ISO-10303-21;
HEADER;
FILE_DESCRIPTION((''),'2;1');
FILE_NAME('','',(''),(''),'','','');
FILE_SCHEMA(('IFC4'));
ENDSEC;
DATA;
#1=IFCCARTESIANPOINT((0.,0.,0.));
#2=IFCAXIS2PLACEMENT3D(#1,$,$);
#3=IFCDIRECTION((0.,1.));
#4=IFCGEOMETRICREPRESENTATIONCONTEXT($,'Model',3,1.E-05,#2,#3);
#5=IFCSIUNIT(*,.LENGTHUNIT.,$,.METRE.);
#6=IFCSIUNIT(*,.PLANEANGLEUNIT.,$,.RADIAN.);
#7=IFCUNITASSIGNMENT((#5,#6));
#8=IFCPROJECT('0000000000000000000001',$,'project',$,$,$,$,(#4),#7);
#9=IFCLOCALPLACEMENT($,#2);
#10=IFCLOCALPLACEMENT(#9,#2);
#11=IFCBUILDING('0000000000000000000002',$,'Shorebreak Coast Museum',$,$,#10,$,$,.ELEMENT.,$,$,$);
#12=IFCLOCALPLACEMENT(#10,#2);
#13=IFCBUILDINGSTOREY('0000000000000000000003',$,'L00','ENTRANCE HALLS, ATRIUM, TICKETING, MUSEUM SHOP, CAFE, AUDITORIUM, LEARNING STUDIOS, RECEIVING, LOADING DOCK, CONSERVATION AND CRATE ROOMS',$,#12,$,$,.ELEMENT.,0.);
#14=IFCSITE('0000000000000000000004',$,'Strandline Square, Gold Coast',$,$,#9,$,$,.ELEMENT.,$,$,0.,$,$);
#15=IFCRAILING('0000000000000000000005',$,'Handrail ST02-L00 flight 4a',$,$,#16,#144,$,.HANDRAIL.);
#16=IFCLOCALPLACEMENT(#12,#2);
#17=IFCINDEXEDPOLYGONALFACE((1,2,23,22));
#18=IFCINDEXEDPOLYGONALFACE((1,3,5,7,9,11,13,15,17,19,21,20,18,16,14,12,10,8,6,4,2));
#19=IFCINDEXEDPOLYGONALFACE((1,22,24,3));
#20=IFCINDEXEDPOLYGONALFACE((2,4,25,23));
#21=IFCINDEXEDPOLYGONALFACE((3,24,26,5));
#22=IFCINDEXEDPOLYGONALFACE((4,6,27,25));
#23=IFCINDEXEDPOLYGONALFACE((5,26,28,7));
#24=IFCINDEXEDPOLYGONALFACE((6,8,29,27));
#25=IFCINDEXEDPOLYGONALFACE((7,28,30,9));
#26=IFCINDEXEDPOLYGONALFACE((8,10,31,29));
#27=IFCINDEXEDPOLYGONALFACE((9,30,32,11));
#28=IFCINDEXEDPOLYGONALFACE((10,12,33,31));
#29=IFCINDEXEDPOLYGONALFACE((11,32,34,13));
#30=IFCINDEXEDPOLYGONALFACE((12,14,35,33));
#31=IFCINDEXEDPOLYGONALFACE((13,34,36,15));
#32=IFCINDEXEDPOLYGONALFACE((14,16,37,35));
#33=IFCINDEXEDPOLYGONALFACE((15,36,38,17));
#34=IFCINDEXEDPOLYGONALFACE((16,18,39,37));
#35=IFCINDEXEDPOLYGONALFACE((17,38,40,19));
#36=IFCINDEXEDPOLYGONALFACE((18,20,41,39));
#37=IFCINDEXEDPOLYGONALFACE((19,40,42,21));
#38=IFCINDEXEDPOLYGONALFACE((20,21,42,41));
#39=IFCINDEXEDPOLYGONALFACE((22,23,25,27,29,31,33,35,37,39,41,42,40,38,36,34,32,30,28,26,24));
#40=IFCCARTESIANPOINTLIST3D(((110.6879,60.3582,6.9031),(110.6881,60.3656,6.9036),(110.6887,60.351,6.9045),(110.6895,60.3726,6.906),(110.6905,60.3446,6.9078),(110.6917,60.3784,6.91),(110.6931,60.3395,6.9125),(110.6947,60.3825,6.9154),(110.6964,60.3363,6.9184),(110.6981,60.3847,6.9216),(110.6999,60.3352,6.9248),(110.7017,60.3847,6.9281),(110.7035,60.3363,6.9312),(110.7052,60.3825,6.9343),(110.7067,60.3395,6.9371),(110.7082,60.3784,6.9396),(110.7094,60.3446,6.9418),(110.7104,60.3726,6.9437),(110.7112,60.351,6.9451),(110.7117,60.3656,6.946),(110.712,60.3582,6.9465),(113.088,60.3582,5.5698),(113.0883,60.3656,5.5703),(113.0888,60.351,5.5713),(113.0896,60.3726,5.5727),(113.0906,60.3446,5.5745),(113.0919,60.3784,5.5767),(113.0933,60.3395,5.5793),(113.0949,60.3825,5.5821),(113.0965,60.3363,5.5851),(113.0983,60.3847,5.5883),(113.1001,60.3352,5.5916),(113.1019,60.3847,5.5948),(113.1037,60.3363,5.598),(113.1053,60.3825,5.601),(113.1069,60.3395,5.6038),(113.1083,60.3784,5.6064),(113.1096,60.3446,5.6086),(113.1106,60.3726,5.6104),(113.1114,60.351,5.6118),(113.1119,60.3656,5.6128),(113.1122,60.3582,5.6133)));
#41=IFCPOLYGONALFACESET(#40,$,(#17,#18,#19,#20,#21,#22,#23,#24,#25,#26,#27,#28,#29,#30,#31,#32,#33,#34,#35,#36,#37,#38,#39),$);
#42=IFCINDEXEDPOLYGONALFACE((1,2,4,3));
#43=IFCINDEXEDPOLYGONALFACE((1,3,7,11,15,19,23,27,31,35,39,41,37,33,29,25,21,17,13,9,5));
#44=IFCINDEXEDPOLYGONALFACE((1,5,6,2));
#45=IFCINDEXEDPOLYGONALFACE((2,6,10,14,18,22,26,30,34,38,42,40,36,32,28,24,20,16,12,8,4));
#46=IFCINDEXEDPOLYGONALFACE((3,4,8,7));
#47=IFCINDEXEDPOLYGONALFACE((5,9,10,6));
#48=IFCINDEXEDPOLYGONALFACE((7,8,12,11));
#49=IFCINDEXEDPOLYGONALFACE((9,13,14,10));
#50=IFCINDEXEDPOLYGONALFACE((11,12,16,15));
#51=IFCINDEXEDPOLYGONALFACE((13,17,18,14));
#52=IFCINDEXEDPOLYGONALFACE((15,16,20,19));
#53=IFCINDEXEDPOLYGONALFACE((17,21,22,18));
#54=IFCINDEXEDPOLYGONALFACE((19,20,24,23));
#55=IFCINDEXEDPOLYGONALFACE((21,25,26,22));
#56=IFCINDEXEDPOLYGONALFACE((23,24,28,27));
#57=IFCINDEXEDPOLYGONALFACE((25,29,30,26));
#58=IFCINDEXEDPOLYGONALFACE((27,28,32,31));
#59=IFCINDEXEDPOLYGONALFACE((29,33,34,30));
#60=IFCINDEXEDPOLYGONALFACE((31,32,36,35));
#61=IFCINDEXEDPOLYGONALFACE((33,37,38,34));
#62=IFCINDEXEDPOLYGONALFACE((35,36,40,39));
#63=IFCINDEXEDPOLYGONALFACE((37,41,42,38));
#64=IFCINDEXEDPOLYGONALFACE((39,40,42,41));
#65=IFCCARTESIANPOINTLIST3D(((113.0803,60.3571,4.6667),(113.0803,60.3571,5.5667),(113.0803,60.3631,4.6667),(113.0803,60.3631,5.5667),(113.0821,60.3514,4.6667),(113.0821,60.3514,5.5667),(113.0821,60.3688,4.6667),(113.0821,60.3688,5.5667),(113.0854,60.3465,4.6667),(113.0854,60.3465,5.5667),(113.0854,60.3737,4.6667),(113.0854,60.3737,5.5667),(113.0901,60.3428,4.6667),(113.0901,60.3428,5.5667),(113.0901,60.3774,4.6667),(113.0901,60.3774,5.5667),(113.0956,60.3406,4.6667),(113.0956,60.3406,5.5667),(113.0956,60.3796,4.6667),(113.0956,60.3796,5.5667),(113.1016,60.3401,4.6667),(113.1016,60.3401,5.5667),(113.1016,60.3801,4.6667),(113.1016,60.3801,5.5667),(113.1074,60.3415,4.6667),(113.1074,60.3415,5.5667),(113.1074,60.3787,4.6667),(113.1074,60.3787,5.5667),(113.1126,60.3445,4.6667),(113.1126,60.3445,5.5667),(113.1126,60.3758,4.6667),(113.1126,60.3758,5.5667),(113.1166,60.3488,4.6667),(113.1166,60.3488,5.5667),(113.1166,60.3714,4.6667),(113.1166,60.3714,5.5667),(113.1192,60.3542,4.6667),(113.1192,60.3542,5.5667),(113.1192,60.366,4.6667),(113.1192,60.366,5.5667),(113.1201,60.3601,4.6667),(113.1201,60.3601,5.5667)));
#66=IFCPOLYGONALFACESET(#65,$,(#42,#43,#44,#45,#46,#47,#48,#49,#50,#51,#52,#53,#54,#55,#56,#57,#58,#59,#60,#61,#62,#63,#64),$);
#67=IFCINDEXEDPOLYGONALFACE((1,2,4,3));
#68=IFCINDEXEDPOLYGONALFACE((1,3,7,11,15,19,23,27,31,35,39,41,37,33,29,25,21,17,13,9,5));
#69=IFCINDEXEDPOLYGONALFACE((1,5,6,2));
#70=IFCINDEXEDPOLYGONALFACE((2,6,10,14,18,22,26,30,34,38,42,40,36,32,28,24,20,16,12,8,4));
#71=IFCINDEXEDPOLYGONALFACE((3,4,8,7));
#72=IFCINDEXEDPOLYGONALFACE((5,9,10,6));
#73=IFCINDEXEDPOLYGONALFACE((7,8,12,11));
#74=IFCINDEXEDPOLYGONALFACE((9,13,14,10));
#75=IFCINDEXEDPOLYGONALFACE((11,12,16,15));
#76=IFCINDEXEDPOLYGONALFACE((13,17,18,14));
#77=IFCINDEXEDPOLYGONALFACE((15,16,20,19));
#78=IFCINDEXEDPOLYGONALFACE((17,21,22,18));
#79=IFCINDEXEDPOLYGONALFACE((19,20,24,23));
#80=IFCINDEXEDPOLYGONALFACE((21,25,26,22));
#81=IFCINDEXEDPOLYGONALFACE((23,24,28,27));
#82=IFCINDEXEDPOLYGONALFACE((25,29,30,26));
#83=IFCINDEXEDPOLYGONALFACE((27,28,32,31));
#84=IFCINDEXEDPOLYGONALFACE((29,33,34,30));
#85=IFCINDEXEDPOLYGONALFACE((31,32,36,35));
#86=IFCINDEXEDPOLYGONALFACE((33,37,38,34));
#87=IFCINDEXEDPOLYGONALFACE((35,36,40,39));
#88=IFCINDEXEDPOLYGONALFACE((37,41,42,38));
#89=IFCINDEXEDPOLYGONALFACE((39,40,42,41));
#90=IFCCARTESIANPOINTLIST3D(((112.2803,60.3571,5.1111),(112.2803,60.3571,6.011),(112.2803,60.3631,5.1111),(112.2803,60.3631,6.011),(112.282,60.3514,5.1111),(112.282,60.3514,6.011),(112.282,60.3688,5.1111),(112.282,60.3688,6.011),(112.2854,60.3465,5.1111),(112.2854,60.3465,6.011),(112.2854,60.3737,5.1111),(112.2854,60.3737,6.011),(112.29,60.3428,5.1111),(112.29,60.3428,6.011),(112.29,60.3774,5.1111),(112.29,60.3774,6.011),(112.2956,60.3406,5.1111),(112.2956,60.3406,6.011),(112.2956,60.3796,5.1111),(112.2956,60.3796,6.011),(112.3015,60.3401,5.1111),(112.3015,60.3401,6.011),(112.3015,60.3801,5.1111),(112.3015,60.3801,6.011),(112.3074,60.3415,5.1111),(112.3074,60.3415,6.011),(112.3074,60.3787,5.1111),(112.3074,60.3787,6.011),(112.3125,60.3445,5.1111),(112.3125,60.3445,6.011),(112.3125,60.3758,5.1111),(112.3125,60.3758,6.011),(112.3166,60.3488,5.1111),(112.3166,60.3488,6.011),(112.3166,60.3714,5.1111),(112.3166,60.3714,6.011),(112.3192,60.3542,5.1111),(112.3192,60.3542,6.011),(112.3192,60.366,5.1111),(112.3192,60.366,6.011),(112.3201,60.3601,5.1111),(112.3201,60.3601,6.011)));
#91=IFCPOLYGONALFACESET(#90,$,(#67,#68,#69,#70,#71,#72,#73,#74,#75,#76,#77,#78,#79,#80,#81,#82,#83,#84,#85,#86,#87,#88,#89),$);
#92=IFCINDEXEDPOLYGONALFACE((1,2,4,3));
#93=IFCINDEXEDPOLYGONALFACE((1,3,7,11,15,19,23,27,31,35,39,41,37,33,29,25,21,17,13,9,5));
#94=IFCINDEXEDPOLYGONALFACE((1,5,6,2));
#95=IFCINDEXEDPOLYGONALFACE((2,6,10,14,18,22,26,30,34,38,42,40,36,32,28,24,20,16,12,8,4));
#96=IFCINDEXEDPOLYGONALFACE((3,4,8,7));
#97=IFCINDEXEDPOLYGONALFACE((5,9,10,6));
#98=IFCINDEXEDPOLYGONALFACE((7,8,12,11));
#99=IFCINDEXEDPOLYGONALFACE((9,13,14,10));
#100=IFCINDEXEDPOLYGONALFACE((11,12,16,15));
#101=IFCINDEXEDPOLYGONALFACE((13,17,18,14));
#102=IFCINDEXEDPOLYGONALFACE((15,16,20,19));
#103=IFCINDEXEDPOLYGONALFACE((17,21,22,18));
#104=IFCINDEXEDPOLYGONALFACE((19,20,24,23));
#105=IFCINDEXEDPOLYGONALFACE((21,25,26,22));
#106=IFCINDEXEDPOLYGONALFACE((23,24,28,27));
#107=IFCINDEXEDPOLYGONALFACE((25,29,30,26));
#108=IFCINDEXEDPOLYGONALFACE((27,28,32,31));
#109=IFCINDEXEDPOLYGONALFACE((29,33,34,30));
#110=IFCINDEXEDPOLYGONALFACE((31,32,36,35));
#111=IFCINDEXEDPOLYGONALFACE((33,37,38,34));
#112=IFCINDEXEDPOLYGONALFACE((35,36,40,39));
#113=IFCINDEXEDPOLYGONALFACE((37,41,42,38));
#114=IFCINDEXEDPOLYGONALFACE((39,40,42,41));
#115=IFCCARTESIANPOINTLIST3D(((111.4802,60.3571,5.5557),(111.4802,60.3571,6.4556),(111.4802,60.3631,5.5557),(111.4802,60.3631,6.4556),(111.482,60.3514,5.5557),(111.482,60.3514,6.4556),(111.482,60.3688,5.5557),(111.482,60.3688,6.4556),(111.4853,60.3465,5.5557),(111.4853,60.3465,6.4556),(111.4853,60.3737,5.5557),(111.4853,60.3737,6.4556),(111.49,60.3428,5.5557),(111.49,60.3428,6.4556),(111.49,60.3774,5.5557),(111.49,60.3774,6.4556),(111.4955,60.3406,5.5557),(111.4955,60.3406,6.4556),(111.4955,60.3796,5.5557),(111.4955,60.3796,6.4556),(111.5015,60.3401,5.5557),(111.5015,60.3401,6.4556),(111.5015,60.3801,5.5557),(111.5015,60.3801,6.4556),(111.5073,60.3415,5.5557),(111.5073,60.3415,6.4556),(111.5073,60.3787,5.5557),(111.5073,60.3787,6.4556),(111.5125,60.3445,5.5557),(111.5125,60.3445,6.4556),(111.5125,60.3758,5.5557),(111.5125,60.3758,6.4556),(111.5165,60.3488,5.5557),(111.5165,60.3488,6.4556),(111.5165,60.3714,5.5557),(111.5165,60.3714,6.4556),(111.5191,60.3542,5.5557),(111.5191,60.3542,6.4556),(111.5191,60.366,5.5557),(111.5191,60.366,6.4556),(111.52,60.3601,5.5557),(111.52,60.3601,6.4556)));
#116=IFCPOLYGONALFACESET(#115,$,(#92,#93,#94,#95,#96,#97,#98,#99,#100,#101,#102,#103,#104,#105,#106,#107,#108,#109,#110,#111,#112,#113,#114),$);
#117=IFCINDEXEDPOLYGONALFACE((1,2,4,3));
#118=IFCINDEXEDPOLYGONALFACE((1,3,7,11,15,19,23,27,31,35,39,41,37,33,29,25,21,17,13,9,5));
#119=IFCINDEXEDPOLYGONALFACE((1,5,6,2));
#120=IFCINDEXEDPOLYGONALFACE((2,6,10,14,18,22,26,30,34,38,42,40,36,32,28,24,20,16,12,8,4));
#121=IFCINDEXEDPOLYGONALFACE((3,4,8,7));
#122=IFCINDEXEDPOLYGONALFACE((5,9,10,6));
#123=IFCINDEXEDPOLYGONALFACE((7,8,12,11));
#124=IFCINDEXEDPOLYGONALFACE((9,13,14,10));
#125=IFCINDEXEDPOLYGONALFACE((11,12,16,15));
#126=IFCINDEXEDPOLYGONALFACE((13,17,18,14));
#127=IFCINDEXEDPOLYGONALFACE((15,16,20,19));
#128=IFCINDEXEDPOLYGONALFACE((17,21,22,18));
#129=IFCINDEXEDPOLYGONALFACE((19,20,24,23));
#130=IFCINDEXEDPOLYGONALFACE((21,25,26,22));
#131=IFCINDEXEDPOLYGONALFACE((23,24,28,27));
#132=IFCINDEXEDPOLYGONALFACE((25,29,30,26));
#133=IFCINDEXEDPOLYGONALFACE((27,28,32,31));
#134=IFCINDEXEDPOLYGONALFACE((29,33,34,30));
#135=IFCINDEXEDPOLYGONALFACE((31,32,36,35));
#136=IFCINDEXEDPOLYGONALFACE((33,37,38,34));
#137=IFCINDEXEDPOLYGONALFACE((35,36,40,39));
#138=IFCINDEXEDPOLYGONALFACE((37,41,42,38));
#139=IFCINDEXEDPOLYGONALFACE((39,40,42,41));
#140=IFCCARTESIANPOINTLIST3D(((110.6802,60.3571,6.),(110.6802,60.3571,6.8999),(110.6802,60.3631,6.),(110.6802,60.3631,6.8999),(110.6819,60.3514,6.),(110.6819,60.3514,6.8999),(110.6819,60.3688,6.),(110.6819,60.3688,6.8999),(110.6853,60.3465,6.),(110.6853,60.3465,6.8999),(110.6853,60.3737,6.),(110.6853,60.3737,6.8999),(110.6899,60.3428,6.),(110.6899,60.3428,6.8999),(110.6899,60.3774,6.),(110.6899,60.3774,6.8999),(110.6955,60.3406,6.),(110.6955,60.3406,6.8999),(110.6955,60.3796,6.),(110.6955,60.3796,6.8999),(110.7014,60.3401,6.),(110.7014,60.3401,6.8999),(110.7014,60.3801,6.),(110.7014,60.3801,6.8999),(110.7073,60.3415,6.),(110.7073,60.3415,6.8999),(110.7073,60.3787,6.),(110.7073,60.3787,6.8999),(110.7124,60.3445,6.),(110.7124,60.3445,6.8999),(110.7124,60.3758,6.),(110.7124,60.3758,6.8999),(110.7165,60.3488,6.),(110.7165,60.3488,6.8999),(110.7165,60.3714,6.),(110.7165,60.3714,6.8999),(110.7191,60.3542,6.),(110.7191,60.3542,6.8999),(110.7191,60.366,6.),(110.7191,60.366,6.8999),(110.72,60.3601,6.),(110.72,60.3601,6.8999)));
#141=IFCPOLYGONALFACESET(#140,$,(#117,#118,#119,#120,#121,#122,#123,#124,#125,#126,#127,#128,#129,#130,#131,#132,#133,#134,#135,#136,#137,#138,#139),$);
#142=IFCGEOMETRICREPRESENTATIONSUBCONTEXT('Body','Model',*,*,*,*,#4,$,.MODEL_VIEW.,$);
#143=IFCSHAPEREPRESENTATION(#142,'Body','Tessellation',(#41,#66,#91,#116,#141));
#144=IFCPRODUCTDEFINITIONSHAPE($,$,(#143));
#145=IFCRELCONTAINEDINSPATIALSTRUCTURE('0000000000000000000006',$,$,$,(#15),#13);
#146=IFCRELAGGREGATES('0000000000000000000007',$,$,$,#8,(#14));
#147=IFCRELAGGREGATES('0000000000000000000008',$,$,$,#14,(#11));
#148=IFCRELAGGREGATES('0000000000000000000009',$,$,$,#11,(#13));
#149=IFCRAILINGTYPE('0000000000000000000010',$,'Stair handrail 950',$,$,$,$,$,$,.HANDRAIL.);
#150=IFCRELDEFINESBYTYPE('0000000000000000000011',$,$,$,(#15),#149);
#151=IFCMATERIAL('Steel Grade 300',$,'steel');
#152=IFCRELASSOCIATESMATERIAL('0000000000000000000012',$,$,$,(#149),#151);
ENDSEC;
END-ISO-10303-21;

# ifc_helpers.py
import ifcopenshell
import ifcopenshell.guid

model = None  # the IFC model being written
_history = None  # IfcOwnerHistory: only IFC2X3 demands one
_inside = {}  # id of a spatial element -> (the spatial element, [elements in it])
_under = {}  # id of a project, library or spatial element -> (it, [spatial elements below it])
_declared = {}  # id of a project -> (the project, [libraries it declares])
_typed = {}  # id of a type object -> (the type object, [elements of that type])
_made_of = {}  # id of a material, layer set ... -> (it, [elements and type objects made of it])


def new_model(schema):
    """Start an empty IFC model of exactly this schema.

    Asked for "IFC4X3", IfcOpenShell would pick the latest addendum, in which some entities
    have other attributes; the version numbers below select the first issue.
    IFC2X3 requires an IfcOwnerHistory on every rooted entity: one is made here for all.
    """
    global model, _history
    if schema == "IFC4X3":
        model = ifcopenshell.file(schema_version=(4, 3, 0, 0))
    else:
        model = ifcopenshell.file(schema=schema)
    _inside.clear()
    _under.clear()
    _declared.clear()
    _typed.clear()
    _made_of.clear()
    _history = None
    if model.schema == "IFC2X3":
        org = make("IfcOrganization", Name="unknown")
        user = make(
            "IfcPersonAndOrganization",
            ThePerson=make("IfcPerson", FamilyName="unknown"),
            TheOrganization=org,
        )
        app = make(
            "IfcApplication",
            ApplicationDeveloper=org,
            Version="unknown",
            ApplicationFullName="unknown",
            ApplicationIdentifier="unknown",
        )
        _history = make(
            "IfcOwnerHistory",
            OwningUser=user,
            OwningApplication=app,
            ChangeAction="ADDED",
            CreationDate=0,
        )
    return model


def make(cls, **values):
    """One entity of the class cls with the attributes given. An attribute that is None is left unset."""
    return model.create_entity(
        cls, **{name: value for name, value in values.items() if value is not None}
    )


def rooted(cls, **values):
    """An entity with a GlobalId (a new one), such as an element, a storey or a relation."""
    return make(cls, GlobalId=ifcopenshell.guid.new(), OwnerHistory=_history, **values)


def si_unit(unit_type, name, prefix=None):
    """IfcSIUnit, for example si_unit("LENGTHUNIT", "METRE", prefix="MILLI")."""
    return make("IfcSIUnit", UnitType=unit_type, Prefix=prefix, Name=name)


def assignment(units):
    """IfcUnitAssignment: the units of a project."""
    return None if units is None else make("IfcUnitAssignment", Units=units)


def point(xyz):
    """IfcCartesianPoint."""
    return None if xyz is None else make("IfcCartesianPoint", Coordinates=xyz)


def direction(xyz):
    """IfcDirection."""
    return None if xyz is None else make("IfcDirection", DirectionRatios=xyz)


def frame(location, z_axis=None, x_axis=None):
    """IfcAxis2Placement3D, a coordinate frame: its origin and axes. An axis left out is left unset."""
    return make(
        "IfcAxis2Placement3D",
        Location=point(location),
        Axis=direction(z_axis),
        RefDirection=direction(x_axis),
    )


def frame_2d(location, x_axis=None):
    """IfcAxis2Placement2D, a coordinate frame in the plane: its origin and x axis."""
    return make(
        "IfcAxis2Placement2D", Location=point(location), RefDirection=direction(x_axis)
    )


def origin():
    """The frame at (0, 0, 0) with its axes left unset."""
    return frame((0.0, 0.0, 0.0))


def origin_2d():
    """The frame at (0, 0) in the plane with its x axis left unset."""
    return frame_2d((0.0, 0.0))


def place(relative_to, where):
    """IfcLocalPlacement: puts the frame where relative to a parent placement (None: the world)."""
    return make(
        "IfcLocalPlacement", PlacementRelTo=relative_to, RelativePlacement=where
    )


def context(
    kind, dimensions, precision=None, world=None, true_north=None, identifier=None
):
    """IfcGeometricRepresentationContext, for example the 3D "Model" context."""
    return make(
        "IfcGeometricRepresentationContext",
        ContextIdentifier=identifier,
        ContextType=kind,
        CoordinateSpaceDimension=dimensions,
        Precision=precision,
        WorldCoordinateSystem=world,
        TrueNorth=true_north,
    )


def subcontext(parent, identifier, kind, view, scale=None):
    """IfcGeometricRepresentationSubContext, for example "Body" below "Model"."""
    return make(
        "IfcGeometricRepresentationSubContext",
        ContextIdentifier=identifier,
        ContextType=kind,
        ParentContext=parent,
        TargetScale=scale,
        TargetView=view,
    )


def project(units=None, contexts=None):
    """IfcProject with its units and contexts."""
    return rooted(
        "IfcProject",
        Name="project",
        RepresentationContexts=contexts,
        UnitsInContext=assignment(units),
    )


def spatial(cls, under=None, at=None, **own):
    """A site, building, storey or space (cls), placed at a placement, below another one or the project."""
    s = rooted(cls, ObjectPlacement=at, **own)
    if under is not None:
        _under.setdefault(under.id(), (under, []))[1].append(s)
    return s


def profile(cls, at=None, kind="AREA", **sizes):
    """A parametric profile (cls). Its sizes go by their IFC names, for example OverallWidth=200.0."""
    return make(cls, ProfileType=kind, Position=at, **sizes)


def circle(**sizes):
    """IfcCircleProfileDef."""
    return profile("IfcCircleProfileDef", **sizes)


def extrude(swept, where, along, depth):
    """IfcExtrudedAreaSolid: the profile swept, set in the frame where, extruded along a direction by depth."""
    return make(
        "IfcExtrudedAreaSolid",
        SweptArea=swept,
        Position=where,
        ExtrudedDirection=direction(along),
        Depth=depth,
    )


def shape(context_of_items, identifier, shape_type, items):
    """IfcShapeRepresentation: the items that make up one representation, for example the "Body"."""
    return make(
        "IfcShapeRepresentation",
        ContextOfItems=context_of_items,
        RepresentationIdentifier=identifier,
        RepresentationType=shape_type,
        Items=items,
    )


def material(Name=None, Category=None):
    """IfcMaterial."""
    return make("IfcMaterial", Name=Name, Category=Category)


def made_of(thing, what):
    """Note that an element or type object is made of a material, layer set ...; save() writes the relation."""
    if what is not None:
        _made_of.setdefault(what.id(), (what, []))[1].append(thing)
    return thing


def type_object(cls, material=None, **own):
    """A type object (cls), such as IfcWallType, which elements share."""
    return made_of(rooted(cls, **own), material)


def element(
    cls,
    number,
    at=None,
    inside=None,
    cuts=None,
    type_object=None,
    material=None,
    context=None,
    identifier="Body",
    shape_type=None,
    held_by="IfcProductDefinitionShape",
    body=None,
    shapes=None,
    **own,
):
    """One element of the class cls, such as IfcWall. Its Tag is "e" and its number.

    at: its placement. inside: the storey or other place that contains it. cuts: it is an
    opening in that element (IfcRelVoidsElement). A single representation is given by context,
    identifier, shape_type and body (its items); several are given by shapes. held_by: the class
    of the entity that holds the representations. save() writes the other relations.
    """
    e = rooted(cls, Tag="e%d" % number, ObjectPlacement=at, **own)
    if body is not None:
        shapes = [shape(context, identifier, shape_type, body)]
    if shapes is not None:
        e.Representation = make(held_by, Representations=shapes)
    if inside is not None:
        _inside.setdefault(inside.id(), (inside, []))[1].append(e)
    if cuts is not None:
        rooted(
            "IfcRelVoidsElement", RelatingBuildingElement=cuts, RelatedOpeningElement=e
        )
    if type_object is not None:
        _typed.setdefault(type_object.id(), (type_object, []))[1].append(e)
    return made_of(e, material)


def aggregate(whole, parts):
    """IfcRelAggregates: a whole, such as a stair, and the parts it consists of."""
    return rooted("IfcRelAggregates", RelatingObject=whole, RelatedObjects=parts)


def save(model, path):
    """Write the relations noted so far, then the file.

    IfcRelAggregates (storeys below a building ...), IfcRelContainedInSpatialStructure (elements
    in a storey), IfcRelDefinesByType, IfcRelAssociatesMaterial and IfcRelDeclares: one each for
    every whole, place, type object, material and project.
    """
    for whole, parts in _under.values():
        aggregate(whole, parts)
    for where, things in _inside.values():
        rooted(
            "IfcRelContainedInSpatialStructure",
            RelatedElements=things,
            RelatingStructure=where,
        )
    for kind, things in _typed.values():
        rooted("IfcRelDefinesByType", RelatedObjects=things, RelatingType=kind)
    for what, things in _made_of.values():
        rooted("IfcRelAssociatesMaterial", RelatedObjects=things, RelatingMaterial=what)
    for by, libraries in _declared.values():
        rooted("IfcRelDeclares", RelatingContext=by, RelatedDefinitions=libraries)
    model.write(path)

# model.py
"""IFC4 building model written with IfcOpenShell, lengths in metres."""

from ifc_helpers import new_model, si_unit, direction, frame, origin, origin_2d, place, context, subcontext, project, spatial, circle, extrude, material, type_object, element, save


model = new_model("IFC4")

# Units and contexts
model_context = context("Model", 3, precision=1e-05, world=origin(), true_north=direction((0.0, 1.0)))
body_context = subcontext(model_context, "Body", "Model", "MODEL_VIEW")
ifc_project = project(units=[si_unit("LENGTHUNIT", "METRE"), si_unit("PLANEANGLEUNIT", "RADIAN")], contexts=[model_context])

# Site, building, storey
site_placement = place(None, origin())
site = spatial("IfcSite", under=ifc_project, at=site_placement, Name="Strandline Square, Gold Coast", CompositionType="ELEMENT", RefElevation=0.0)
building_placement = place(site_placement, origin())
building = spatial("IfcBuilding", under=site, at=building_placement, Name="Shorebreak Coast Museum", CompositionType="ELEMENT")
storey_placement = place(building_placement, origin())
storey = spatial("IfcBuildingStorey", under=building, at=storey_placement, Name="L00", Description="ENTRANCE HALLS, ATRIUM, TICKETING, MUSEUM SHOP, CAFE, AUDITORIUM, LEARNING STUDIOS, RECEIVING, LOADING DOCK, CONSERVATION AND CRATE ROOMS", CompositionType="ELEMENT", Elevation=0.0)

# Railing
ifc_material_1 = material(Name="Steel Grade 300", Category="steel")
railing_type_1 = type_object("IfcRailingType", Name="Stair handrail 950", PredefinedType="HANDRAIL", material=ifc_material_1)
railing_1_placement = place(storey_placement, frame((113.1001, 60.3601, 4.6667)))
element("IfcRailing", 1, at=railing_1_placement, inside=storey, type_object=railing_type_1, Name="Handrail ST02-L00 flight 4a", PredefinedType="HANDRAIL", context=body_context, shape_type="SweptSolid", body=[
    extrude(circle(Radius=0.0249, at=origin_2d()), frame((0.0, 0.0, 0.9248), z_axis=(-0.874182, 0.0, 0.485598), x_axis=(0.0, -1.0, 0.0)), (0.0, 0.0, 1.0), 2.7456),
    extrude(circle(Radius=0.02, at=origin_2d()), origin(), (0.0, 0.0, 1.0), 0.8999),
    extrude(circle(Radius=0.02, at=origin_2d()), frame((-0.8, 0.0, 0.4443)), (0.0, 0.0, 1.0), 0.8999),
    extrude(circle(Radius=0.02, at=origin_2d()), frame((-1.6001, 0.0, 0.8889)), (0.0, 0.0, 1.0), 0.8999),
    extrude(circle(Radius=0.02, at=origin_2d()), frame((-2.4001, 0.0, 1.3333)), (0.0, 0.0, 1.0), 0.8999),
])

save(model, "model.ifc")
